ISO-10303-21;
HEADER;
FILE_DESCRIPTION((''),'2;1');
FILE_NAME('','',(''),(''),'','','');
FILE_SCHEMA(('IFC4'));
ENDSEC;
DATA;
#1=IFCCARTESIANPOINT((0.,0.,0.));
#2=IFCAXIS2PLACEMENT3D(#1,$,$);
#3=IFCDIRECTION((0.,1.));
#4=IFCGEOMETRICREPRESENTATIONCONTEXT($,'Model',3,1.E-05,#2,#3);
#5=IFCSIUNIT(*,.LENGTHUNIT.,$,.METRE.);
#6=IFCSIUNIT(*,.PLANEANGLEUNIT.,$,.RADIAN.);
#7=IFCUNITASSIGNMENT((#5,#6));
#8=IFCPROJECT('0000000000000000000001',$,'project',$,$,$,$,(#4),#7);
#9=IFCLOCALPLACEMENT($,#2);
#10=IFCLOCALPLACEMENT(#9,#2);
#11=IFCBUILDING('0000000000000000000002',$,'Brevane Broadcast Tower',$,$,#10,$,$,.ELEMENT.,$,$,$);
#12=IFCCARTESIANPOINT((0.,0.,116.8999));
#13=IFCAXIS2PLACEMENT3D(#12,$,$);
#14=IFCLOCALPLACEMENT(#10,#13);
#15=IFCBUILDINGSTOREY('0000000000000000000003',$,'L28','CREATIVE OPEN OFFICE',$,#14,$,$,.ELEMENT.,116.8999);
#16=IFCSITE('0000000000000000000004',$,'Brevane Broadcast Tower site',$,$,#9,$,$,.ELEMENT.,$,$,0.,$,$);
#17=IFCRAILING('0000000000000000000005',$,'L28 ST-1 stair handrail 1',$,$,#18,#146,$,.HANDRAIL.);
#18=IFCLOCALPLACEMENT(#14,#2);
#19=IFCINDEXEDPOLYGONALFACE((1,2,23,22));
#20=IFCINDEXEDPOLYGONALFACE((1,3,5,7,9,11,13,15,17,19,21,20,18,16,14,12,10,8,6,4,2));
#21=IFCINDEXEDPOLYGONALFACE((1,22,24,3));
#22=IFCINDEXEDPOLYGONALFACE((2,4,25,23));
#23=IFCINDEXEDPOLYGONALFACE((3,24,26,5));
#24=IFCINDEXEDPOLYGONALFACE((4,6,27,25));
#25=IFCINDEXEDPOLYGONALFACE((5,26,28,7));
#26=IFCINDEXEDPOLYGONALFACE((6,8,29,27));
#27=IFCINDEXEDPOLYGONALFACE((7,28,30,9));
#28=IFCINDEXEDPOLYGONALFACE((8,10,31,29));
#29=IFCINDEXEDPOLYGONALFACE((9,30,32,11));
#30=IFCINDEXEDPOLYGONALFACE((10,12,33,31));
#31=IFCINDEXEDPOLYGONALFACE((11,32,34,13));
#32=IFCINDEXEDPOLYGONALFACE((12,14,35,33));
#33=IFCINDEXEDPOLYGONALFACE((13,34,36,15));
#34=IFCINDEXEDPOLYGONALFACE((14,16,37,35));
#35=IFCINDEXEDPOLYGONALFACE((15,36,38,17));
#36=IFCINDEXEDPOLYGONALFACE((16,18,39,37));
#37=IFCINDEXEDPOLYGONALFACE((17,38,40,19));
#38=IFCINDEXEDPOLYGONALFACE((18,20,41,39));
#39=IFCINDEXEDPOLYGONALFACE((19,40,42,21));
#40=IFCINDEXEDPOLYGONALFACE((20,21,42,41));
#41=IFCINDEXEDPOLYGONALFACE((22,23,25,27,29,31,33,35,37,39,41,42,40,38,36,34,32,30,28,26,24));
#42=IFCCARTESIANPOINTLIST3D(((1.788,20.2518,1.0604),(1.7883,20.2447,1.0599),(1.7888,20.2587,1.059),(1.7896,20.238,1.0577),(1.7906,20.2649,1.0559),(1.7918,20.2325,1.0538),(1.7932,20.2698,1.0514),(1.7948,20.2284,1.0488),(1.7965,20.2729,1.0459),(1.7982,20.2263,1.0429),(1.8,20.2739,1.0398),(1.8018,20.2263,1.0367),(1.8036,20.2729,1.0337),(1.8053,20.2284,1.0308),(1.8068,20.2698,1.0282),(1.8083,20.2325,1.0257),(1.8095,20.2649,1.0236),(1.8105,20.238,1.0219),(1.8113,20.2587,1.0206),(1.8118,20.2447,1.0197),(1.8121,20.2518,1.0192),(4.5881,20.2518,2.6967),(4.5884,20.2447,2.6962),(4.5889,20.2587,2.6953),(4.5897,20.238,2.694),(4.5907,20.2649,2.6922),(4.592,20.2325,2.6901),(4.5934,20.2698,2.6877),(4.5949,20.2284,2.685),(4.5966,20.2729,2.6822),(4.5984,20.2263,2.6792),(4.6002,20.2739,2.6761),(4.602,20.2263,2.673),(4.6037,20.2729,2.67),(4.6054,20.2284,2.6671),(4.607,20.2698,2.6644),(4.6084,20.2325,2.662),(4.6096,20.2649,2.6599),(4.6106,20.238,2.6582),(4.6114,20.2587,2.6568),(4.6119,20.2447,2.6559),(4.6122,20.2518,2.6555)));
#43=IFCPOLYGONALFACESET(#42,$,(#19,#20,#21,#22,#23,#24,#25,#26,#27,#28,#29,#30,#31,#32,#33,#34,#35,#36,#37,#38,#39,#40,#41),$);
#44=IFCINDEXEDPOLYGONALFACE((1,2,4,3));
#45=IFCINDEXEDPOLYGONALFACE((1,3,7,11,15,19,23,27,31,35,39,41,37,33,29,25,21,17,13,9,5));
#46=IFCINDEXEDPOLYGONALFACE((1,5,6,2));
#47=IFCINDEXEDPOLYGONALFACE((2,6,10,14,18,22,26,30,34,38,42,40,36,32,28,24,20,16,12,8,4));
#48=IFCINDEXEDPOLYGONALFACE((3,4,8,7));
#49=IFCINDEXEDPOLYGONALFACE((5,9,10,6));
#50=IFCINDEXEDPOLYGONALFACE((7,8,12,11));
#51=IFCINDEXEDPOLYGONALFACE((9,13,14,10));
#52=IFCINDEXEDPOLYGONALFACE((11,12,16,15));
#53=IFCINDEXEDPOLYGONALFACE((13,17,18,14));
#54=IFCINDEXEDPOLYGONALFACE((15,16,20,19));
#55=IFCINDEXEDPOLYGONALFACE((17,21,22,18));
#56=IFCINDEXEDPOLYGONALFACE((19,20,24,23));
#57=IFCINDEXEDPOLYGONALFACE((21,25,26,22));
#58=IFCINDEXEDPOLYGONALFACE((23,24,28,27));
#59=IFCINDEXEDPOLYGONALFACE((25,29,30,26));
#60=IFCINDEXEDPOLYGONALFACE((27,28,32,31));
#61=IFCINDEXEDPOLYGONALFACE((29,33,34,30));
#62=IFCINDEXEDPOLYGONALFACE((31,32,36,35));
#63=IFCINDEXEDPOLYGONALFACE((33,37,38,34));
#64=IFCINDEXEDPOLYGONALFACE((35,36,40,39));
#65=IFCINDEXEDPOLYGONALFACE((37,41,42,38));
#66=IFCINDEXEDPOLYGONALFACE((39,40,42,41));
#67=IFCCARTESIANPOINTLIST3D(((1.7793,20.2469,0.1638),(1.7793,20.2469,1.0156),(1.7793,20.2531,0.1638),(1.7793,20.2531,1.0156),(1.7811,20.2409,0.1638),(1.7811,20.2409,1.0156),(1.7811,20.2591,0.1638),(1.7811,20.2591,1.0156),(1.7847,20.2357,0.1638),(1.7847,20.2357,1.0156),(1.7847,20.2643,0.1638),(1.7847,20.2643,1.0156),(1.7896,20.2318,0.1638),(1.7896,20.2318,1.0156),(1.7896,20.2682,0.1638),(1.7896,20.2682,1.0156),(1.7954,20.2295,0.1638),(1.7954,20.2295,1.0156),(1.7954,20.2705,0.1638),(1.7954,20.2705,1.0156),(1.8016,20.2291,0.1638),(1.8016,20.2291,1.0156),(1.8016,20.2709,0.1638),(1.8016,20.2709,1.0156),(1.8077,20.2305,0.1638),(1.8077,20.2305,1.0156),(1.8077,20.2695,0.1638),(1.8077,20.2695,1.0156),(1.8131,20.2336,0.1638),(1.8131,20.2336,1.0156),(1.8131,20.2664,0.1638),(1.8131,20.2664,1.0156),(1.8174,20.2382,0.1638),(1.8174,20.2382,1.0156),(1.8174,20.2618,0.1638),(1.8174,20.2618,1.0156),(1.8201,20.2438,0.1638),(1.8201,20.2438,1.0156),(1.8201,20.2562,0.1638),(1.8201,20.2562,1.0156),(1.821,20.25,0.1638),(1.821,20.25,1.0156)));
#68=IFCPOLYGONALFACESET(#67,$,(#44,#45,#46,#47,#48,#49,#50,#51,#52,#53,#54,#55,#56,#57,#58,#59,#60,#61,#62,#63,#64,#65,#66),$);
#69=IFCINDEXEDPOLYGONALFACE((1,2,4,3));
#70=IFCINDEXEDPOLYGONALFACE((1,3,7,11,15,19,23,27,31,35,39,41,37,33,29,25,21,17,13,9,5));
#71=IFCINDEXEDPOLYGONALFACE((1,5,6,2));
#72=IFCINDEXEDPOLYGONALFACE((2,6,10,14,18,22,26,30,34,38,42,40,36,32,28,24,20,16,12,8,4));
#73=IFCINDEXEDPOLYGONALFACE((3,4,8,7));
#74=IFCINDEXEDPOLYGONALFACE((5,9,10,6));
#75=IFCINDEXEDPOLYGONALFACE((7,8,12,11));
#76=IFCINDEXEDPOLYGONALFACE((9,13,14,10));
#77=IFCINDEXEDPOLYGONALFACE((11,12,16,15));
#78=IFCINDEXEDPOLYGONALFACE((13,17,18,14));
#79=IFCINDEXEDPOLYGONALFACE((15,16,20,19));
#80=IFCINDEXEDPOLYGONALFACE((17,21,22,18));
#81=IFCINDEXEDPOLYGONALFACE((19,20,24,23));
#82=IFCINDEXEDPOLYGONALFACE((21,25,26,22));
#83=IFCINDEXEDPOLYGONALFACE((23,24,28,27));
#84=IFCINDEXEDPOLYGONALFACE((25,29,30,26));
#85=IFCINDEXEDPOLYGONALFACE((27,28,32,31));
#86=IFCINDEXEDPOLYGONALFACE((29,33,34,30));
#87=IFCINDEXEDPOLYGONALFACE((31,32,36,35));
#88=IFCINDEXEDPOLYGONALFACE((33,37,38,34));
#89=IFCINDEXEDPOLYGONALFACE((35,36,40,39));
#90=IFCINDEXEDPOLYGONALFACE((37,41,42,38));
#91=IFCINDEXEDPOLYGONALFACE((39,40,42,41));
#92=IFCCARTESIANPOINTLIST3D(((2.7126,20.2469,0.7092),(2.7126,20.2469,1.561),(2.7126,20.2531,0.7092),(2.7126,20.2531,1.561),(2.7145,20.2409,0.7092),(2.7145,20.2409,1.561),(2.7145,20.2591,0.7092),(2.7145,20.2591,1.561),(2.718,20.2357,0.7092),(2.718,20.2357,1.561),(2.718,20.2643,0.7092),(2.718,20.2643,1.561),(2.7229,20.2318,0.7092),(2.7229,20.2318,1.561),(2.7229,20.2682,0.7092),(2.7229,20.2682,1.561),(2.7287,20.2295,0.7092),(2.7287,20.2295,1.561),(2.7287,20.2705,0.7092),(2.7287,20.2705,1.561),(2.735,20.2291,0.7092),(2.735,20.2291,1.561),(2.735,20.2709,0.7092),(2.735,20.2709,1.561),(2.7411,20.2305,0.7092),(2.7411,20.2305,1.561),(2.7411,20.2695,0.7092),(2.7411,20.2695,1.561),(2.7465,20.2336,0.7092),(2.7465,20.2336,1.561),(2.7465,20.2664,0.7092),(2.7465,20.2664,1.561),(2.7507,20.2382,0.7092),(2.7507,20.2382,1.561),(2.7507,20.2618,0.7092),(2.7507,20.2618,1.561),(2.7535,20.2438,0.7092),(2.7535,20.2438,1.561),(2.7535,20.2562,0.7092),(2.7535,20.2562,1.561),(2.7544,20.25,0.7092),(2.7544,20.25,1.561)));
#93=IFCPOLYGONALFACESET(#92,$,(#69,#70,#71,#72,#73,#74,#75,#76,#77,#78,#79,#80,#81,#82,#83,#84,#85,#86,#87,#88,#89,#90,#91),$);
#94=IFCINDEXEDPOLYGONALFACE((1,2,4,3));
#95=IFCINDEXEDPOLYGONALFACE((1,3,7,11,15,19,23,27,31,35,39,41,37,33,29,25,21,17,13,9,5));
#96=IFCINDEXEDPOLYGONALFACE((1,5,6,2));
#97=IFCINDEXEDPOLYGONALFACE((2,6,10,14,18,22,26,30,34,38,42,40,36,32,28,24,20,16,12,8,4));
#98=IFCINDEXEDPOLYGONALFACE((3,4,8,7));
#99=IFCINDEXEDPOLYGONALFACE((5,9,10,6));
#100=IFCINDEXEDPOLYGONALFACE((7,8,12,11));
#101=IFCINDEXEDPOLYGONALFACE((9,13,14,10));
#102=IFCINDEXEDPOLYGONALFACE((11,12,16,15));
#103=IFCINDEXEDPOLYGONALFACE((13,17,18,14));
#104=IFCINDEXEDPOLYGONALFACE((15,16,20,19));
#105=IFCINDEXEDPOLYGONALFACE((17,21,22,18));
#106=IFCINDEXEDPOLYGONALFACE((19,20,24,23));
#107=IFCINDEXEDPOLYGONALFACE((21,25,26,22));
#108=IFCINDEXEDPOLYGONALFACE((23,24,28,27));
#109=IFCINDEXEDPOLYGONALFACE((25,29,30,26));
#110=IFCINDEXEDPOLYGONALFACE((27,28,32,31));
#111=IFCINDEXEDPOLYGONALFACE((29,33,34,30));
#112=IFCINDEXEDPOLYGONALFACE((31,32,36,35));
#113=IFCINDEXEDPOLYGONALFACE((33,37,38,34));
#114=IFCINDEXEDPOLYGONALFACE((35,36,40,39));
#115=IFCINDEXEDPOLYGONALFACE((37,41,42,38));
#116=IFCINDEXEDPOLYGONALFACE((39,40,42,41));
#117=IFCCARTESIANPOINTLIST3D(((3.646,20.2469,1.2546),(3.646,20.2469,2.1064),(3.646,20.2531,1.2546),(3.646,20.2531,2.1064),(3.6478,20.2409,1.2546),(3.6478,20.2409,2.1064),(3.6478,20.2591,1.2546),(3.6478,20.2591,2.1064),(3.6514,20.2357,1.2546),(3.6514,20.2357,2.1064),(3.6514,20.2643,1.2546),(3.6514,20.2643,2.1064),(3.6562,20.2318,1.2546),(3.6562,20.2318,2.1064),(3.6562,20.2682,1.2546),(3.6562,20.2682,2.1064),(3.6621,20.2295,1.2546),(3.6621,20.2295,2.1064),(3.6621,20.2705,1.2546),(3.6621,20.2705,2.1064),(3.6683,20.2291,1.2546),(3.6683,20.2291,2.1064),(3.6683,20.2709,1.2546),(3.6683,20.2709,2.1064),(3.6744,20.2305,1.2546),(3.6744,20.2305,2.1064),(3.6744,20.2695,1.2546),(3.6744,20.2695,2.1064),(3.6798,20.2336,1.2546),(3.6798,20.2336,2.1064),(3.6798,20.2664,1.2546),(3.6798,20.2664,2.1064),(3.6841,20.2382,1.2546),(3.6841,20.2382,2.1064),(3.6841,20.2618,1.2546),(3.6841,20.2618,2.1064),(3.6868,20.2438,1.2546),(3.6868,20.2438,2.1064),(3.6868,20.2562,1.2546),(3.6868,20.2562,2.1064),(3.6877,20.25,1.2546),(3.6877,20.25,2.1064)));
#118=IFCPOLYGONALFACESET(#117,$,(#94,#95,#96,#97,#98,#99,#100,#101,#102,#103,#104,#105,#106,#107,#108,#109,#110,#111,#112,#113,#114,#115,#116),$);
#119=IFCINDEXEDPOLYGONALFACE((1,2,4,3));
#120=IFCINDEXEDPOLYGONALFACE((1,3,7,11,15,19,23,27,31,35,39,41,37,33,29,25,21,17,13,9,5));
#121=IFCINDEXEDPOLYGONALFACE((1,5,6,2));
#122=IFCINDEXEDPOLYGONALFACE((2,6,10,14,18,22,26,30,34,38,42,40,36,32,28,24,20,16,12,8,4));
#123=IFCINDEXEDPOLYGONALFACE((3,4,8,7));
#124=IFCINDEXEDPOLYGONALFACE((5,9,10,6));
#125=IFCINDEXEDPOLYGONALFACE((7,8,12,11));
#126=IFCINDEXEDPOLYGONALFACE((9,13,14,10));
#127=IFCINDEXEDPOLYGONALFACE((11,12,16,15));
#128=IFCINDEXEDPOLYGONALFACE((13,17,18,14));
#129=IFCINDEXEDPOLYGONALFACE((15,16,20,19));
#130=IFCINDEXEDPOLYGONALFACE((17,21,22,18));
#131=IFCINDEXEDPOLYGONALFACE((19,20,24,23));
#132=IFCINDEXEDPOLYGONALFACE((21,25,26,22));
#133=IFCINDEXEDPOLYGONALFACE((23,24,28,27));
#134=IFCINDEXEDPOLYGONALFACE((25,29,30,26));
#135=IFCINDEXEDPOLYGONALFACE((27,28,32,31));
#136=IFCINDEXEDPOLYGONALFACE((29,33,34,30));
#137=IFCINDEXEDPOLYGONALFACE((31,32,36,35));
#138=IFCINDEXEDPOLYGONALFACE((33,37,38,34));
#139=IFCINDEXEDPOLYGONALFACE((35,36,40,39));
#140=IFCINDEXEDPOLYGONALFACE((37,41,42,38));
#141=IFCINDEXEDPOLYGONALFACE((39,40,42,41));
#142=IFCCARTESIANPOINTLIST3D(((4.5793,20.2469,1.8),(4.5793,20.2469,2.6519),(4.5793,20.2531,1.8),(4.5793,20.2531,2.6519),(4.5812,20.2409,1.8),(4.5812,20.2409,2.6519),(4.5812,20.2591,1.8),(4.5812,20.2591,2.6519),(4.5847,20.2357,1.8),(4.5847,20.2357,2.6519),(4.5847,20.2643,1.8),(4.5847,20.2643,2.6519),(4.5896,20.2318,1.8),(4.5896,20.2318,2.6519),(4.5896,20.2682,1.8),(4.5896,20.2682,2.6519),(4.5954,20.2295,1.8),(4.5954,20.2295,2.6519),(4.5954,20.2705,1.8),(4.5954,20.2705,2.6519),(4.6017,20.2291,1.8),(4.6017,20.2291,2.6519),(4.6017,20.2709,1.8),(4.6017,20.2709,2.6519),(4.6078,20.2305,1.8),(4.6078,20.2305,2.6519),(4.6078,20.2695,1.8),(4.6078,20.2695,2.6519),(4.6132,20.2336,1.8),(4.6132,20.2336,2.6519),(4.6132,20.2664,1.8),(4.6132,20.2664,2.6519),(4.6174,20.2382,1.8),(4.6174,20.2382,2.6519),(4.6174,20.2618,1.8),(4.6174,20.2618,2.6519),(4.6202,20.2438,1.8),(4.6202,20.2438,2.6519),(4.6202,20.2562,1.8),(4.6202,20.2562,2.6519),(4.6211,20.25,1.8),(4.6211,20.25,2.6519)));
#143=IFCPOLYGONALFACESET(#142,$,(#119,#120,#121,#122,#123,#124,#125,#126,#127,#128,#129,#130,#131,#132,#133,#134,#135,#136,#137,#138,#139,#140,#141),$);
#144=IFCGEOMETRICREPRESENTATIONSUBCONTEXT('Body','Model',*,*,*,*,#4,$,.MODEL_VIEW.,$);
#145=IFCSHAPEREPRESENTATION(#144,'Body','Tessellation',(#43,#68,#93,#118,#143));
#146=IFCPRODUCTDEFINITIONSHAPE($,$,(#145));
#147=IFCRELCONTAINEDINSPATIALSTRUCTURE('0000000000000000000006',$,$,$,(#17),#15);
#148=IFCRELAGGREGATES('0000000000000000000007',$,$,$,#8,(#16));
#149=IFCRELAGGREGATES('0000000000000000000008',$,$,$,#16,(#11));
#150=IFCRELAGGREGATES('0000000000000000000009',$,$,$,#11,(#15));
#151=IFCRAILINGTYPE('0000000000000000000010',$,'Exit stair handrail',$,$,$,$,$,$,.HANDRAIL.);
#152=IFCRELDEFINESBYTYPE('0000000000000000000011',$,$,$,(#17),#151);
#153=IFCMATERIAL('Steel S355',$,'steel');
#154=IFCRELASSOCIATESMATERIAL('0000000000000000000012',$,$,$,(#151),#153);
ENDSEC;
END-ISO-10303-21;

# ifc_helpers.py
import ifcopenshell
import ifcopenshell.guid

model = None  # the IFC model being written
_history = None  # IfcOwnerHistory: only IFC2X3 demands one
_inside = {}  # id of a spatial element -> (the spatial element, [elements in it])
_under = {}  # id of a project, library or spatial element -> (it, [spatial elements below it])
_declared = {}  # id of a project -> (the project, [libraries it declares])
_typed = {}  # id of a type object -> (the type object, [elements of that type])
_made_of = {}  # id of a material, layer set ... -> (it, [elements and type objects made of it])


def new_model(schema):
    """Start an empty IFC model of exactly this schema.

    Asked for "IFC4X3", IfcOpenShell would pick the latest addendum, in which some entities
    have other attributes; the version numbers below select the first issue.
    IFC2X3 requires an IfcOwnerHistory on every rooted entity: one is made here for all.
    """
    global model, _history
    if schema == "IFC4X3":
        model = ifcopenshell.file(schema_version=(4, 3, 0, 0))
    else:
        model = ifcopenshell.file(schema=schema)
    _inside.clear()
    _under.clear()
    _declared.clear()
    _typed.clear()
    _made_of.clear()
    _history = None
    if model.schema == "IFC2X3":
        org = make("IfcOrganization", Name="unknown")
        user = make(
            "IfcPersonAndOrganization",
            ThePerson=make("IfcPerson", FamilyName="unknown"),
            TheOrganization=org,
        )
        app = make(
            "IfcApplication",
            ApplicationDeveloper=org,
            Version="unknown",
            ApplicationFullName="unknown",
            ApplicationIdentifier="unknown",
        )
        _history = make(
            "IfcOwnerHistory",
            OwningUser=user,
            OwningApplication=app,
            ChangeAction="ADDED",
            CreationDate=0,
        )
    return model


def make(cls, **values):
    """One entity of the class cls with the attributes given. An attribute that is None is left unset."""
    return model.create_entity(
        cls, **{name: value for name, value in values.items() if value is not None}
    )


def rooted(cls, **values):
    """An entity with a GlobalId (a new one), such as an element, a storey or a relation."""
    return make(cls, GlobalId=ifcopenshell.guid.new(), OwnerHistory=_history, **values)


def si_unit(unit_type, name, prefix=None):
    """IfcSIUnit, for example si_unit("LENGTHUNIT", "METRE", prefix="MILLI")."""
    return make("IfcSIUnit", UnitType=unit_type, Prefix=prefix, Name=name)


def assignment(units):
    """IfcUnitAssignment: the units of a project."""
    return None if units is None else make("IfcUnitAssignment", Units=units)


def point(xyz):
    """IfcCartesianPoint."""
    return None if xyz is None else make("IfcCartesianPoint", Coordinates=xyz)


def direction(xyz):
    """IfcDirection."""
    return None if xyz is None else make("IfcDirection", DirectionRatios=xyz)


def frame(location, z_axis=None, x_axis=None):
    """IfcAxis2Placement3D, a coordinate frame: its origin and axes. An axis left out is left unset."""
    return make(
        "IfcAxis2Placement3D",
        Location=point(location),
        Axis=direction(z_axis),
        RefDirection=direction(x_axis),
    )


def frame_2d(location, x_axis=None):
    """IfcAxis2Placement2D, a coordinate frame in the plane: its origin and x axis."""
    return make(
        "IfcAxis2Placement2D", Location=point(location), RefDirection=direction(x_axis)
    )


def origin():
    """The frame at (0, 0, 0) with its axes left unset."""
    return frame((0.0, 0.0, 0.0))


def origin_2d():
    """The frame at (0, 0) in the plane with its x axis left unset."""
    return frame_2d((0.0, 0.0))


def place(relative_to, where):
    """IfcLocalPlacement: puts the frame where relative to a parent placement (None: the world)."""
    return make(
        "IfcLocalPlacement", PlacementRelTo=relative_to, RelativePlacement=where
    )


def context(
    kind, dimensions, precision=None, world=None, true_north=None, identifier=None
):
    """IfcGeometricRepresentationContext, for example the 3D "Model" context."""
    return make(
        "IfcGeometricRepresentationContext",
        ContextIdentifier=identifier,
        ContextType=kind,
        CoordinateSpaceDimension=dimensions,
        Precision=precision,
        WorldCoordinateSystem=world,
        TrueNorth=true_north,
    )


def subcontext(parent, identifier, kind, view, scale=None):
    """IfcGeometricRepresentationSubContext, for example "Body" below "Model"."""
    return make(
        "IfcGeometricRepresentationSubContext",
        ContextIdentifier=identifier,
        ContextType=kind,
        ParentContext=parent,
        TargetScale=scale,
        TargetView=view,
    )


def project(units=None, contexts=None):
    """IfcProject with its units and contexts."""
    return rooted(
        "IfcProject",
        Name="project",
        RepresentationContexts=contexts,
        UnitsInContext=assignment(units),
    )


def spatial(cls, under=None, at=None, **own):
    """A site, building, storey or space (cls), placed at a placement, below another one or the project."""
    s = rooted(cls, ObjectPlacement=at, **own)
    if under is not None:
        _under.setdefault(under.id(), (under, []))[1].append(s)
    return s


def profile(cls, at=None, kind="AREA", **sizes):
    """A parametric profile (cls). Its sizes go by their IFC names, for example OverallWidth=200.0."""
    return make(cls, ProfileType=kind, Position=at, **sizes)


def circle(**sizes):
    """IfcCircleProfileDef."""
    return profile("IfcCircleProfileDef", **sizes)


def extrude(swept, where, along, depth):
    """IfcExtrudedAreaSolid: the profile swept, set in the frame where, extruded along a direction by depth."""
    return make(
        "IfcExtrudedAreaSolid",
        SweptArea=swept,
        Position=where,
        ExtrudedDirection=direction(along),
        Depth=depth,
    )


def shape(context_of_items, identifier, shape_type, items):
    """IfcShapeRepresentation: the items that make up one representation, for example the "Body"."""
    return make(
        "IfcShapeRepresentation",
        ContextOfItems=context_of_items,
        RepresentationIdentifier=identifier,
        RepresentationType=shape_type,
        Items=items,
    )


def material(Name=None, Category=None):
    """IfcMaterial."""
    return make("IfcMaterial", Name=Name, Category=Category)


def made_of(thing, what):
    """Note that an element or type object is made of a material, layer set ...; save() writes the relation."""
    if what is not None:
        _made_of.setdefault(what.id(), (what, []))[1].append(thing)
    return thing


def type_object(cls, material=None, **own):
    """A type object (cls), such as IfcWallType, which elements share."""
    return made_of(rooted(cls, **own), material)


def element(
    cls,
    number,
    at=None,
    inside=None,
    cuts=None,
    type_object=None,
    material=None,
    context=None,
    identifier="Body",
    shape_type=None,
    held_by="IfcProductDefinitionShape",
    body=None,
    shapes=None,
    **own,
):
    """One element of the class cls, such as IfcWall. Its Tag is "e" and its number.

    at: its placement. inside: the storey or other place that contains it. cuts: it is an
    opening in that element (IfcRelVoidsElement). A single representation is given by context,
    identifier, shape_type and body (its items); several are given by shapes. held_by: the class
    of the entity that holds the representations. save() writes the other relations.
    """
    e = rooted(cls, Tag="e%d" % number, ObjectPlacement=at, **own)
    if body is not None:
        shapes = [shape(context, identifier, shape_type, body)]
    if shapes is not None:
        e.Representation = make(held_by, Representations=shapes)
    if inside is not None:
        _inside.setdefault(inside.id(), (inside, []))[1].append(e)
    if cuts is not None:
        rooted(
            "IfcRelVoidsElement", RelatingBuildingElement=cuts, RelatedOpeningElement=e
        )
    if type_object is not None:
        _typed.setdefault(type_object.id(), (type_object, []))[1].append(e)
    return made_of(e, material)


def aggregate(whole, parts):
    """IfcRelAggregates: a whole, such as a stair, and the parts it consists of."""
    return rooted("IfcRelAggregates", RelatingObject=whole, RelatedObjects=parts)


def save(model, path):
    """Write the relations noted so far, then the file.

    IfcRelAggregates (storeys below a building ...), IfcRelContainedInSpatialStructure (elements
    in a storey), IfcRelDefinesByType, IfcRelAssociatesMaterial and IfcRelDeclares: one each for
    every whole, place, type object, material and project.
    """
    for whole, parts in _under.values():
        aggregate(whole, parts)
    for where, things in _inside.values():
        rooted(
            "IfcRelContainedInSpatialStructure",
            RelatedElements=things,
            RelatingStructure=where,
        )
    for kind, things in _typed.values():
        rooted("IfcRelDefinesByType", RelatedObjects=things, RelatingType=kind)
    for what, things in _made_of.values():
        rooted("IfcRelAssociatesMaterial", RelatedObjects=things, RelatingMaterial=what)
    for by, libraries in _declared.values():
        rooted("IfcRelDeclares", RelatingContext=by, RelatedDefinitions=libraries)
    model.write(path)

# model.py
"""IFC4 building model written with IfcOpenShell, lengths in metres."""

from ifc_helpers import new_model, si_unit, direction, frame, origin, origin_2d, place, context, subcontext, project, spatial, circle, extrude, material, type_object, element, save


model = new_model("IFC4")

# Units and contexts
model_context = context("Model", 3, precision=1e-05, world=origin(), true_north=direction((0.0, 1.0)))
body_context = subcontext(model_context, "Body", "Model", "MODEL_VIEW")
ifc_project = project(units=[si_unit("LENGTHUNIT", "METRE"), si_unit("PLANEANGLEUNIT", "RADIAN")], contexts=[model_context])

# Site, building, storey
site_placement = place(None, origin())
site = spatial("IfcSite", under=ifc_project, at=site_placement, Name="Brevane Broadcast Tower site", CompositionType="ELEMENT", RefElevation=0.0)
building_placement = place(site_placement, origin())
building = spatial("IfcBuilding", under=site, at=building_placement, Name="Brevane Broadcast Tower", CompositionType="ELEMENT")
storey_placement = place(building_placement, frame((0.0, 0.0, 116.8999)))
storey = spatial("IfcBuildingStorey", under=building, at=storey_placement, Name="L28", Description="CREATIVE OPEN OFFICE", CompositionType="ELEMENT", Elevation=116.8999)

# Railing
ifc_material_1 = material(Name="Steel S355", Category="steel")
railing_type = type_object("IfcRailingType", Name="Exit stair handrail", PredefinedType="HANDRAIL", material=ifc_material_1)
railing_placement = place(storey_placement, frame((1.8, 20.25, 0.1638)))
element("IfcRailing", 1, at=railing_placement, inside=storey, type_object=railing_type, Name="L28 ST-1 stair handrail 1", PredefinedType="HANDRAIL", context=body_context, shape_type="SweptSolid", body=[
    extrude(circle(Radius=0.0239, at=origin_2d()), frame((0.0, 0.0, 0.876), z_axis=(0.863394, 0.0, 0.504531), x_axis=(0.0, 1.0, 0.0)), (0.0, 0.0, 1.0), 3.2432),
    extrude(circle(Radius=0.021, at=origin_2d()), origin(), (0.0, 0.0, 1.0), 0.8518),
    extrude(circle(Radius=0.021, at=origin_2d()), frame((0.9333, 0.0, 0.5454)), (0.0, 0.0, 1.0), 0.8518),
    extrude(circle(Radius=0.021, at=origin_2d()), frame((1.8667, 0.0, 1.0908)), (0.0, 0.0, 1.0), 0.8518),
    extrude(circle(Radius=0.021, at=origin_2d()), frame((2.8, 0.0, 1.6362)), (0.0, 0.0, 1.0), 0.8518),
])

save(model, "model.ifc")
